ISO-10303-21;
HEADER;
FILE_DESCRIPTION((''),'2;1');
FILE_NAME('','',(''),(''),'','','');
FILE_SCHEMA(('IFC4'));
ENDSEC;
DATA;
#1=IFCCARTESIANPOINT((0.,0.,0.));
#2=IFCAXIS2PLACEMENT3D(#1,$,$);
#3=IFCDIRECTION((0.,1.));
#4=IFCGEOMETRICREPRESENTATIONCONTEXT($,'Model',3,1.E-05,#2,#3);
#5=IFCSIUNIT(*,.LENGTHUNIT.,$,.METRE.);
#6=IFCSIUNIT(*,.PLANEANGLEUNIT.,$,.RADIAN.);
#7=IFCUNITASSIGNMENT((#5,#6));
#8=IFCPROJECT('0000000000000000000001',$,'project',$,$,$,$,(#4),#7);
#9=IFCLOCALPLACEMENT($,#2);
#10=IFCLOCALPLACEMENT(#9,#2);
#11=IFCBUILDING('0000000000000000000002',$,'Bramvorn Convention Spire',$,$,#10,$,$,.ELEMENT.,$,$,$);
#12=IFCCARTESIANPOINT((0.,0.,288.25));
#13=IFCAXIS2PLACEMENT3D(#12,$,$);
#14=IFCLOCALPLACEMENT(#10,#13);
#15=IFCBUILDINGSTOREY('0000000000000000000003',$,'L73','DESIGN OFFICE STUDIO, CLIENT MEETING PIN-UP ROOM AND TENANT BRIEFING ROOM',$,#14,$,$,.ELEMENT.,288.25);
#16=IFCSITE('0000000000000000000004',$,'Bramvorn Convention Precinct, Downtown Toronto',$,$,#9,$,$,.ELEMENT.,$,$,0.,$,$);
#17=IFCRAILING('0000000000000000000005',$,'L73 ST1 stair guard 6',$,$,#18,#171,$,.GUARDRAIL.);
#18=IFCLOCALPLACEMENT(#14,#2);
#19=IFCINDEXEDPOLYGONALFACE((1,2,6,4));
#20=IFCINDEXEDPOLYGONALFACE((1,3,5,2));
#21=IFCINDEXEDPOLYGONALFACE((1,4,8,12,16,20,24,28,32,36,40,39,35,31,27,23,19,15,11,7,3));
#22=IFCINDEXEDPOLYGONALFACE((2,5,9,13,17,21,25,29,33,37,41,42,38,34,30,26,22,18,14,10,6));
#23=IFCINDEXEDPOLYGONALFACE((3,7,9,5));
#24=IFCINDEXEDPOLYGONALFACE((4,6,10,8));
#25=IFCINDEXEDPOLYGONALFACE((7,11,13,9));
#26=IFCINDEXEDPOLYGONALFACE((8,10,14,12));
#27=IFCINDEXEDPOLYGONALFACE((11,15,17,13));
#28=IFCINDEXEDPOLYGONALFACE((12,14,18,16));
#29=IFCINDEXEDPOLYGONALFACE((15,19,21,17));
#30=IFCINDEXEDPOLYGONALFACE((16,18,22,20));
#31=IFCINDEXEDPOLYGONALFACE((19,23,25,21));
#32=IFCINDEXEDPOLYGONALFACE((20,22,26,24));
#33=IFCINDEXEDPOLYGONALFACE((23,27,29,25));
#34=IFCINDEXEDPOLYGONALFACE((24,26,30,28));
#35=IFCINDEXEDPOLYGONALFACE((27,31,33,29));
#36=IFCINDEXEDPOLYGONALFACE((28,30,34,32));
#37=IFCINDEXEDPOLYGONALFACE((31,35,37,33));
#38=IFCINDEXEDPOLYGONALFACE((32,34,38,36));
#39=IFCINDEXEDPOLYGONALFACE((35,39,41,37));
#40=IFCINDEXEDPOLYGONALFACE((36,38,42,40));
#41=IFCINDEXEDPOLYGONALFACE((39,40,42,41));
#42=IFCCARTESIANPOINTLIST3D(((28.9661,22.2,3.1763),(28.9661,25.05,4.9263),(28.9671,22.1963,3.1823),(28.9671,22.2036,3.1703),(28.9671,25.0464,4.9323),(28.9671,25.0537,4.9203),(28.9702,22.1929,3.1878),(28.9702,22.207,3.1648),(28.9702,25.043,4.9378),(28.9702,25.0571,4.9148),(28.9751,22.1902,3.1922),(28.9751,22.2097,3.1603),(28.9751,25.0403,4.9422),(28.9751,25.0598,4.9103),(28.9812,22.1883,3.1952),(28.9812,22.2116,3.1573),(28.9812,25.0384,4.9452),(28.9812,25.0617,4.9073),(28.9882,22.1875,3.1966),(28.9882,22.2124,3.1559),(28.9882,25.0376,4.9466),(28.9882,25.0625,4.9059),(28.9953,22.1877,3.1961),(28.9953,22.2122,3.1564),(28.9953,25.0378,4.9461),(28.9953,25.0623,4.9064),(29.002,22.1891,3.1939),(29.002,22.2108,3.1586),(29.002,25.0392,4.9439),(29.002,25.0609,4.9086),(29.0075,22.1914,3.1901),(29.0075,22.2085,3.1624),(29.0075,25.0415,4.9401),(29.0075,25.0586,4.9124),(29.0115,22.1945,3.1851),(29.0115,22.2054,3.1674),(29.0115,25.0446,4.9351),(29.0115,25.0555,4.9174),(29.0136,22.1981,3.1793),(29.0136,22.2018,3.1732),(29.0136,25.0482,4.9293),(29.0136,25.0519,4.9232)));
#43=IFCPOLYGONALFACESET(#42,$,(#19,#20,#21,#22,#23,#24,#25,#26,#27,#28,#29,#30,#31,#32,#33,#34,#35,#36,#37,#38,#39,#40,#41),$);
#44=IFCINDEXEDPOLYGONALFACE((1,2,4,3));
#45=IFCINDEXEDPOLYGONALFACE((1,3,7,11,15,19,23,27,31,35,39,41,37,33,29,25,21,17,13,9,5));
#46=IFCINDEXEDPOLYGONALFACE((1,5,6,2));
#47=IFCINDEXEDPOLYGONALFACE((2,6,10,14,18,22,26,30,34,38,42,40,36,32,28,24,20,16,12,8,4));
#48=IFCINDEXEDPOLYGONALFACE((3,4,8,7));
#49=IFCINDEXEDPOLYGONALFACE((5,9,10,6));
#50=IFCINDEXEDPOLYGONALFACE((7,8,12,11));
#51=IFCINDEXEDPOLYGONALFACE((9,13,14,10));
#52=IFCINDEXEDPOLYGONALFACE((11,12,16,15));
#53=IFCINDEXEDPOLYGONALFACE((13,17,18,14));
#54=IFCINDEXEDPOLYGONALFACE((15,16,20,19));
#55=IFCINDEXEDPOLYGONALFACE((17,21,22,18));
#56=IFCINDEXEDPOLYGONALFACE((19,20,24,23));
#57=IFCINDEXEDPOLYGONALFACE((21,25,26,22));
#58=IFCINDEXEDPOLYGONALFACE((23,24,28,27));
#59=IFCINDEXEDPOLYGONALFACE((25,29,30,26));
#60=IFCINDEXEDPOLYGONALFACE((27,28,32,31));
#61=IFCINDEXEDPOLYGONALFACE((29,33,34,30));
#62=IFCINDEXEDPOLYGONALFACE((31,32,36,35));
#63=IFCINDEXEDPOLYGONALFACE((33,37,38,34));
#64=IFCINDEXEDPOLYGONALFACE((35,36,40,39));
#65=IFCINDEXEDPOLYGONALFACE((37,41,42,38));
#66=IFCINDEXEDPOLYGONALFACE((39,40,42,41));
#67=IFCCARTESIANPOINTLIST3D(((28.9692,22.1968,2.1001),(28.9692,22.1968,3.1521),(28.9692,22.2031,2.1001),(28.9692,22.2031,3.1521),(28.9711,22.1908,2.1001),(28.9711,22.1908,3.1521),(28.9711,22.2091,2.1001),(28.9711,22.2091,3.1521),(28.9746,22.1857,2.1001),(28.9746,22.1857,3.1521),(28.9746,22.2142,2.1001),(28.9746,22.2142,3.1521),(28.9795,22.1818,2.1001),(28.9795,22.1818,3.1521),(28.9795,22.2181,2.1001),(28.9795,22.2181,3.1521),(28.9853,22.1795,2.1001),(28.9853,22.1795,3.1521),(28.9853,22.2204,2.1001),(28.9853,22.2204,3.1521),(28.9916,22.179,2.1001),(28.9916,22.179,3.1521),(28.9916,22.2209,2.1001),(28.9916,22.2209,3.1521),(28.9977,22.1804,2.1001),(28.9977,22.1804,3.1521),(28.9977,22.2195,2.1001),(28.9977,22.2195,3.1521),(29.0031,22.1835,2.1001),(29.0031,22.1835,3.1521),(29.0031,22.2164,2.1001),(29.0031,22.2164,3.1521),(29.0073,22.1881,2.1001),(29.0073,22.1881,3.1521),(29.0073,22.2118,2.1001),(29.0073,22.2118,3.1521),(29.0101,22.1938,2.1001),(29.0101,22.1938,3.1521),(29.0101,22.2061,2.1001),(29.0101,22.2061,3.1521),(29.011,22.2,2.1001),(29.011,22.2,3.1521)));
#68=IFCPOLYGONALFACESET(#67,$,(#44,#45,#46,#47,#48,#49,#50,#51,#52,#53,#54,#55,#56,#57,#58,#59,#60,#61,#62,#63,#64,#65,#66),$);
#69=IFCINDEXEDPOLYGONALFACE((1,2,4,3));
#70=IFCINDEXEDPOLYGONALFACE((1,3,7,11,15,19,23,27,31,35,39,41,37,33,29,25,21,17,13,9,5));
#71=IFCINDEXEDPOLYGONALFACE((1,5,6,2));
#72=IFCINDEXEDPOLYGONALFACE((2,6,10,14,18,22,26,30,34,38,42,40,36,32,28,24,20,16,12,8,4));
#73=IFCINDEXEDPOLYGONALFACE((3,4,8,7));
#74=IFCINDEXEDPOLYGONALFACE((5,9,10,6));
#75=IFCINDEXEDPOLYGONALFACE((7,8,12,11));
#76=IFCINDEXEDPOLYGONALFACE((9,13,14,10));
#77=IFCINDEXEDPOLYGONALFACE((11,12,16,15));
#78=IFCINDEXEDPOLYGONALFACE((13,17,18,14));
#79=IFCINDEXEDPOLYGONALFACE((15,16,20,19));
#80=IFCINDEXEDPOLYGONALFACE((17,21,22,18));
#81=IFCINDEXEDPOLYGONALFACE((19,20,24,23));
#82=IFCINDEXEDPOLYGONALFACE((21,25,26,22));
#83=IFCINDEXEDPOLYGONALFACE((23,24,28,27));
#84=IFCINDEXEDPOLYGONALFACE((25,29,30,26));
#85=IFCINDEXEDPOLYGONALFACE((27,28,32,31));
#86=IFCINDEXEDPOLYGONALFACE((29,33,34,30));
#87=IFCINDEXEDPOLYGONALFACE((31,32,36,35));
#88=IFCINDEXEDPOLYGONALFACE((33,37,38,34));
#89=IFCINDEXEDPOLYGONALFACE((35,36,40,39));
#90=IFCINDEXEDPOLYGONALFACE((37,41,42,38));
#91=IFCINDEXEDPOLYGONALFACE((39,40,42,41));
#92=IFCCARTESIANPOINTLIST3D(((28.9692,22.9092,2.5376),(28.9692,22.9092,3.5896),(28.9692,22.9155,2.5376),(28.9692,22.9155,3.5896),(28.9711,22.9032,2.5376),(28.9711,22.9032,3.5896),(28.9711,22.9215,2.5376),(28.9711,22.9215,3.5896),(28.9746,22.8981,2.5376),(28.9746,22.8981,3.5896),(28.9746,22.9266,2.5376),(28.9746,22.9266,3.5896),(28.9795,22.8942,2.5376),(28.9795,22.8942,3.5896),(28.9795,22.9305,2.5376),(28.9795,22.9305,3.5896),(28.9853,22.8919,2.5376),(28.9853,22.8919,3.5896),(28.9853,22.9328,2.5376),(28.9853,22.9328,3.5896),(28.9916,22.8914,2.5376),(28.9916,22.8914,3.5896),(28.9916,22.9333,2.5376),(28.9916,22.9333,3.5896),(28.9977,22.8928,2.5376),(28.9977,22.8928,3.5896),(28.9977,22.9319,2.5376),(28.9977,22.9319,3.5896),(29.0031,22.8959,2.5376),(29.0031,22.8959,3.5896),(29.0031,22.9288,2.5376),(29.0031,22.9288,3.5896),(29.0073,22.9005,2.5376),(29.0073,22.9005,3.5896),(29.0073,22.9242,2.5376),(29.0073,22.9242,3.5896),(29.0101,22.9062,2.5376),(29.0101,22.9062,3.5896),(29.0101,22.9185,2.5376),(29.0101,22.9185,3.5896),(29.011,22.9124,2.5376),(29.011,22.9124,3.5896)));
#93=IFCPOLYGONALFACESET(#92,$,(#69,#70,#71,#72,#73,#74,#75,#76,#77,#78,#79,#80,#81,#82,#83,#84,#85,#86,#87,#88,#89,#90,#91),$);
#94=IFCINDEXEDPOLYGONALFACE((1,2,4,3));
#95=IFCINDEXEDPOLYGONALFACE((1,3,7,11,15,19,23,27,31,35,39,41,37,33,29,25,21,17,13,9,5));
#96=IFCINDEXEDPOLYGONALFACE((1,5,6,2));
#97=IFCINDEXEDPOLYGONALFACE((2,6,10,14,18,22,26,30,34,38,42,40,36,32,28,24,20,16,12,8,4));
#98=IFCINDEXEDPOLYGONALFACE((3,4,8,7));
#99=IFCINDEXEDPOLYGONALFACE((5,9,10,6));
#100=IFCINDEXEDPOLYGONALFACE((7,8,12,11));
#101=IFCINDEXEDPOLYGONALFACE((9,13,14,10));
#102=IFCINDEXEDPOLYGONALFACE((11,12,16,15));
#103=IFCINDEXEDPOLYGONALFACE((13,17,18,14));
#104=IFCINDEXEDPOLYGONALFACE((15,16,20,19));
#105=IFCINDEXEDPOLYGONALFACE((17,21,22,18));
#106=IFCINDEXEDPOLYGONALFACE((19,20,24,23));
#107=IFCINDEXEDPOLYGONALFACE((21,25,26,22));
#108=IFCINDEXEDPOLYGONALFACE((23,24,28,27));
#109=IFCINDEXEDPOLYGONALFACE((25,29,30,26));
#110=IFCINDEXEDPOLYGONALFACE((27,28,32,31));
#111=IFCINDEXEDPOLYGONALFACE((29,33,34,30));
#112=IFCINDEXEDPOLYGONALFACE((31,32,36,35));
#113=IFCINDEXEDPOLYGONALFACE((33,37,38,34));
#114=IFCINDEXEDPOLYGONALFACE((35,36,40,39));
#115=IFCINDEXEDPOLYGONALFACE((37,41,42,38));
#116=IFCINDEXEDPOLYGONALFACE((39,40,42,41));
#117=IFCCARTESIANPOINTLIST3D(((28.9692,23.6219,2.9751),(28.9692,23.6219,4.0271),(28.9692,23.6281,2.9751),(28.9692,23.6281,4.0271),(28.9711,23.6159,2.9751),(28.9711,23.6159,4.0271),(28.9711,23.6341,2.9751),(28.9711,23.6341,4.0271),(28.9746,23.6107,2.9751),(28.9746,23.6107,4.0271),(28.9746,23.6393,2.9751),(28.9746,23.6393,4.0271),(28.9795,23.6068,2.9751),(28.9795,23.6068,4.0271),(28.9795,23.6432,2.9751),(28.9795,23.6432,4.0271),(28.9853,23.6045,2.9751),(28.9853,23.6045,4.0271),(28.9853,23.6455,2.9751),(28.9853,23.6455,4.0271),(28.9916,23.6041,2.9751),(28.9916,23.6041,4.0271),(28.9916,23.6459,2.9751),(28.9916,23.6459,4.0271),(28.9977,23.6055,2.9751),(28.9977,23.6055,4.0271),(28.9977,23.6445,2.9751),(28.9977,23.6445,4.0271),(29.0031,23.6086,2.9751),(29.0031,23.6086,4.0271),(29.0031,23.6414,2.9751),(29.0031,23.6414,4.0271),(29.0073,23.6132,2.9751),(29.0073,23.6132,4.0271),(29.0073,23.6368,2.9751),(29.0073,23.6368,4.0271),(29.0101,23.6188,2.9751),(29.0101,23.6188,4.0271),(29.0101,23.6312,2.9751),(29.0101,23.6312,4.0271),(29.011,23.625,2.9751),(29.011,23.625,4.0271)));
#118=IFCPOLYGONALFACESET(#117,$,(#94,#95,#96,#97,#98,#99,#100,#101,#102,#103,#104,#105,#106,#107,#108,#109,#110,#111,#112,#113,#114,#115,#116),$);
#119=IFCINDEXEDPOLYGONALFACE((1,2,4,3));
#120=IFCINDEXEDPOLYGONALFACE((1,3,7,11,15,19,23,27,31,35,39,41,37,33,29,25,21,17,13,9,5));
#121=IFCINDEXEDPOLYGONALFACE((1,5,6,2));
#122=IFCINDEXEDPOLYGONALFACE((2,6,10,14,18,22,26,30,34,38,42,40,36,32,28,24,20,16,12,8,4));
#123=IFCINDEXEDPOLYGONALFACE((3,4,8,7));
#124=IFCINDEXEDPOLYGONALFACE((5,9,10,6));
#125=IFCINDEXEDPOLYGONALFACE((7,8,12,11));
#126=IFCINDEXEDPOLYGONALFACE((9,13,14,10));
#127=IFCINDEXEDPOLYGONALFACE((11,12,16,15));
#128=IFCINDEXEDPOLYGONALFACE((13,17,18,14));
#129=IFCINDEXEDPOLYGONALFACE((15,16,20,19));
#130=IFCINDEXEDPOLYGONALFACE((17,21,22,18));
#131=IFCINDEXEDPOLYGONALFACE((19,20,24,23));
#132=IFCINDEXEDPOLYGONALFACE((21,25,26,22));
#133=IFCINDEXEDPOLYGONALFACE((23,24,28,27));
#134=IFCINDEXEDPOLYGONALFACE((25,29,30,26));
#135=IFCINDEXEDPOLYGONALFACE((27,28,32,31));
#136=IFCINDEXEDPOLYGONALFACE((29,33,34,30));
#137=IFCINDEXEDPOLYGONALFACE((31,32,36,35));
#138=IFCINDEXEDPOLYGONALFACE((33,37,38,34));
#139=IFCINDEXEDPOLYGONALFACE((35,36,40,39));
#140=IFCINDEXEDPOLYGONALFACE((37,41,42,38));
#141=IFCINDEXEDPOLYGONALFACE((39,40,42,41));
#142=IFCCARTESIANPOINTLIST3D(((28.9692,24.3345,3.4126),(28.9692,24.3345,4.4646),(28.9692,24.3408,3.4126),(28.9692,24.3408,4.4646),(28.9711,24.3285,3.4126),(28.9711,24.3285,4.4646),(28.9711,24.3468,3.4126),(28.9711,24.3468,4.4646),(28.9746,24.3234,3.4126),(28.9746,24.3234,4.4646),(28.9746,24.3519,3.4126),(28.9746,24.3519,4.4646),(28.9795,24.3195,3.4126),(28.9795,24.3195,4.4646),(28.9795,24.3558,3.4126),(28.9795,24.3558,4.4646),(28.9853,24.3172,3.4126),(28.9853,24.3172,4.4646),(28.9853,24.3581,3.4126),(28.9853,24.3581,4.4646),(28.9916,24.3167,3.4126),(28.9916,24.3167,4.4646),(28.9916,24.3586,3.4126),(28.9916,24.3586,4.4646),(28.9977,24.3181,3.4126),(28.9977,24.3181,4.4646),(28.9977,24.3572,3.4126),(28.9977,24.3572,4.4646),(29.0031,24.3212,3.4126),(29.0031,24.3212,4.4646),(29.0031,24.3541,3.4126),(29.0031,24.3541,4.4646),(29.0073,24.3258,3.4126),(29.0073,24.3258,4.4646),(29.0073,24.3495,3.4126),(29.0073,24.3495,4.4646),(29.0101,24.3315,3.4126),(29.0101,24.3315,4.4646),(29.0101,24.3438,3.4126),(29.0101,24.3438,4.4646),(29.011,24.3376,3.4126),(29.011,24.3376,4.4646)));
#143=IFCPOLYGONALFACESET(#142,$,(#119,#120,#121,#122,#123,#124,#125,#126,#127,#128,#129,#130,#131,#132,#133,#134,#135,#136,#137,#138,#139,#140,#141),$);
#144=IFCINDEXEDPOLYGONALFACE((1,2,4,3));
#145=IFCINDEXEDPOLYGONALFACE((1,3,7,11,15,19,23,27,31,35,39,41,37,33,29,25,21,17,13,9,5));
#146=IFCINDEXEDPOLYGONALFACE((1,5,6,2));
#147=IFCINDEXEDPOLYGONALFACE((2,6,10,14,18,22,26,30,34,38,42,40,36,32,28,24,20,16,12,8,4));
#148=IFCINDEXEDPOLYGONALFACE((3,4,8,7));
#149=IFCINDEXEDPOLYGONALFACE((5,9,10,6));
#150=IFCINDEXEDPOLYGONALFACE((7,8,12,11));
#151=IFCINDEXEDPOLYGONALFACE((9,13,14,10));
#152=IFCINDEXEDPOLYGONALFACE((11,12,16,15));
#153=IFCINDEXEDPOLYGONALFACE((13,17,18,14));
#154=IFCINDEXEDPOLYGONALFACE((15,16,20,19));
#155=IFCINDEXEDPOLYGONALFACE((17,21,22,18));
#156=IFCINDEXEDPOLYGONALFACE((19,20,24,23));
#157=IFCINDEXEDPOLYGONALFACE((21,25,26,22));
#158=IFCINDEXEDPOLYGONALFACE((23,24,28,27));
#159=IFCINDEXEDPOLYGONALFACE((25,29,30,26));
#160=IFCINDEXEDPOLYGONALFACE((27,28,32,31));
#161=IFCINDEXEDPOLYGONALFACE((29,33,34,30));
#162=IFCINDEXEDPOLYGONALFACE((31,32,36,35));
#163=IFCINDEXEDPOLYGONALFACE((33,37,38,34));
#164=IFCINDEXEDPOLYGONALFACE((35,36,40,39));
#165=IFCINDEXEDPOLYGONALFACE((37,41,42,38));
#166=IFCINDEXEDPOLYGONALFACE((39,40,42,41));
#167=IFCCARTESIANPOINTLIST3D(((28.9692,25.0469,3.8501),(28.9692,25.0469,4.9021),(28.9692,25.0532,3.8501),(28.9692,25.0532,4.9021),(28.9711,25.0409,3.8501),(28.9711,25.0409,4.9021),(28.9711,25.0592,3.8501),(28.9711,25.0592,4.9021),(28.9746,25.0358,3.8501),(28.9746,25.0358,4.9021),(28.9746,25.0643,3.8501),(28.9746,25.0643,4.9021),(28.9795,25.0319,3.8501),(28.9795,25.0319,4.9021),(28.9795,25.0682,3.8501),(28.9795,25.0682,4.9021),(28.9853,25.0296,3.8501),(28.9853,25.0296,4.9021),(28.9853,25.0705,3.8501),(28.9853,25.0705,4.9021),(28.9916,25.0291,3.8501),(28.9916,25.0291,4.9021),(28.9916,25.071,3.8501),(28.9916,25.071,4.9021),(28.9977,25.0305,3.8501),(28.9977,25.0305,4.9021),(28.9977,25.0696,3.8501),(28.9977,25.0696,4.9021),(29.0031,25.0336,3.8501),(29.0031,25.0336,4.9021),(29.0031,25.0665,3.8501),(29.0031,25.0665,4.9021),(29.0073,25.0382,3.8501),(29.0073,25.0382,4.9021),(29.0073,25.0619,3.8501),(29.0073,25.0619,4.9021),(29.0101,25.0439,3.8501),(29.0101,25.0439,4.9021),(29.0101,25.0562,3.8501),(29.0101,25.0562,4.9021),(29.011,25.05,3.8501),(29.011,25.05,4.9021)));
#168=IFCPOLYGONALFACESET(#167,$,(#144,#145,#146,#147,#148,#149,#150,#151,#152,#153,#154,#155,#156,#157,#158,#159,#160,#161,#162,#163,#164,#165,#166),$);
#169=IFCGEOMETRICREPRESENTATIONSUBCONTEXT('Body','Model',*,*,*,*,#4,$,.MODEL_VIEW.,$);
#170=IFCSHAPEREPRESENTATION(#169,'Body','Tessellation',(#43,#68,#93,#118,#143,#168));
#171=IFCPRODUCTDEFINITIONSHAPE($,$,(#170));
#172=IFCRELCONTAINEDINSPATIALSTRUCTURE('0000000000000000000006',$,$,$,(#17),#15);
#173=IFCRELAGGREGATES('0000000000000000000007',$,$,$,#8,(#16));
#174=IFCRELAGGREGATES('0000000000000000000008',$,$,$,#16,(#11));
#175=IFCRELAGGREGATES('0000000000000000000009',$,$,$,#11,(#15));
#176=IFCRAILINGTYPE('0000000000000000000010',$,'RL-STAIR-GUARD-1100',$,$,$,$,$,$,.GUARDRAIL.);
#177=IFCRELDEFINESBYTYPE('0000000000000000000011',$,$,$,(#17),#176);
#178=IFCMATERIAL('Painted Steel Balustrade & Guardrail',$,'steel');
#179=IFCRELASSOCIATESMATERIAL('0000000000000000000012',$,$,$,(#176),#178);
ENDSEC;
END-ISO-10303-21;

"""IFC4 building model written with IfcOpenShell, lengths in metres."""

from ifc_helpers import new_model, si_unit, direction, frame, origin, origin_2d, place, context, subcontext, project, spatial, circle, extrude, material, type_object, element, save


model = new_model("IFC4")

# Units and contexts
model_context = context("Model", 3, precision=1e-05, world=origin(), true_north=direction((0.0, 1.0)))
body_context = subcontext(model_context, "Body", "Model", "MODEL_VIEW")
ifc_project = project(units=[si_unit("LENGTHUNIT", "METRE"), si_unit("PLANEANGLEUNIT", "RADIAN")], contexts=[model_context])

# Site, building, storey
site_placement = place(None, origin())
site = spatial("IfcSite", under=ifc_project, at=site_placement, Name="Bramvorn Convention Precinct, Downtown Toronto", CompositionType="ELEMENT", RefElevation=0.0)
building_placement = place(site_placement, origin())
building = spatial("IfcBuilding", under=site, at=building_placement, Name="Bramvorn Convention Spire", CompositionType="ELEMENT")
storey_placement = place(building_placement, frame((0.0, 0.0, 288.25)))
storey = spatial("IfcBuildingStorey", under=building, at=storey_placement, Name="L73", Description="DESIGN OFFICE STUDIO, CLIENT MEETING PIN-UP ROOM AND TENANT BRIEFING ROOM", CompositionType="ELEMENT", Elevation=288.25)

# Railing
ifc_material_1 = material(Name="Painted Steel Balustrade & Guardrail", Category="steel")
railing_type_1 = type_object("IfcRailingType", Name="RL-STAIR-GUARD-1100", PredefinedType="GUARDRAIL", material=ifc_material_1)
railing_1_placement = place(storey_placement, frame((28.99, 22.2, 2.1001)))
element("IfcRailing", 1, at=railing_1_placement, inside=storey, type_object=railing_type_1, Name="L73 ST1 stair guard 6", PredefinedType="GUARDRAIL", context=body_context, shape_type="SweptSolid", body=[
    extrude(circle(Radius=0.0239, at=origin_2d()), frame((0.0, 0.0, 1.0762), z_axis=(0.0, 0.852179, 0.52325), x_axis=(-1.0, 0.0, 0.0)), (0.0, 0.0, 1.0), 3.3445),
    extrude(circle(Radius=0.021, at=origin_2d()), origin(), (0.0, 0.0, 1.0), 1.052),
    extrude(circle(Radius=0.021, at=origin_2d()), frame((0.0, 0.7124, 0.4375)), (0.0, 0.0, 1.0), 1.052),
    extrude(circle(Radius=0.021, at=origin_2d()), frame((0.0, 1.425, 0.875)), (0.0, 0.0, 1.0), 1.052),
    extrude(circle(Radius=0.021, at=origin_2d()), frame((0.0, 2.1377, 1.3125)), (0.0, 0.0, 1.0), 1.052),
    extrude(circle(Radius=0.021, at=origin_2d()), frame((0.0, 2.8501, 1.75)), (0.0, 0.0, 1.0), 1.052),
])

save(model, "model.ifc")
